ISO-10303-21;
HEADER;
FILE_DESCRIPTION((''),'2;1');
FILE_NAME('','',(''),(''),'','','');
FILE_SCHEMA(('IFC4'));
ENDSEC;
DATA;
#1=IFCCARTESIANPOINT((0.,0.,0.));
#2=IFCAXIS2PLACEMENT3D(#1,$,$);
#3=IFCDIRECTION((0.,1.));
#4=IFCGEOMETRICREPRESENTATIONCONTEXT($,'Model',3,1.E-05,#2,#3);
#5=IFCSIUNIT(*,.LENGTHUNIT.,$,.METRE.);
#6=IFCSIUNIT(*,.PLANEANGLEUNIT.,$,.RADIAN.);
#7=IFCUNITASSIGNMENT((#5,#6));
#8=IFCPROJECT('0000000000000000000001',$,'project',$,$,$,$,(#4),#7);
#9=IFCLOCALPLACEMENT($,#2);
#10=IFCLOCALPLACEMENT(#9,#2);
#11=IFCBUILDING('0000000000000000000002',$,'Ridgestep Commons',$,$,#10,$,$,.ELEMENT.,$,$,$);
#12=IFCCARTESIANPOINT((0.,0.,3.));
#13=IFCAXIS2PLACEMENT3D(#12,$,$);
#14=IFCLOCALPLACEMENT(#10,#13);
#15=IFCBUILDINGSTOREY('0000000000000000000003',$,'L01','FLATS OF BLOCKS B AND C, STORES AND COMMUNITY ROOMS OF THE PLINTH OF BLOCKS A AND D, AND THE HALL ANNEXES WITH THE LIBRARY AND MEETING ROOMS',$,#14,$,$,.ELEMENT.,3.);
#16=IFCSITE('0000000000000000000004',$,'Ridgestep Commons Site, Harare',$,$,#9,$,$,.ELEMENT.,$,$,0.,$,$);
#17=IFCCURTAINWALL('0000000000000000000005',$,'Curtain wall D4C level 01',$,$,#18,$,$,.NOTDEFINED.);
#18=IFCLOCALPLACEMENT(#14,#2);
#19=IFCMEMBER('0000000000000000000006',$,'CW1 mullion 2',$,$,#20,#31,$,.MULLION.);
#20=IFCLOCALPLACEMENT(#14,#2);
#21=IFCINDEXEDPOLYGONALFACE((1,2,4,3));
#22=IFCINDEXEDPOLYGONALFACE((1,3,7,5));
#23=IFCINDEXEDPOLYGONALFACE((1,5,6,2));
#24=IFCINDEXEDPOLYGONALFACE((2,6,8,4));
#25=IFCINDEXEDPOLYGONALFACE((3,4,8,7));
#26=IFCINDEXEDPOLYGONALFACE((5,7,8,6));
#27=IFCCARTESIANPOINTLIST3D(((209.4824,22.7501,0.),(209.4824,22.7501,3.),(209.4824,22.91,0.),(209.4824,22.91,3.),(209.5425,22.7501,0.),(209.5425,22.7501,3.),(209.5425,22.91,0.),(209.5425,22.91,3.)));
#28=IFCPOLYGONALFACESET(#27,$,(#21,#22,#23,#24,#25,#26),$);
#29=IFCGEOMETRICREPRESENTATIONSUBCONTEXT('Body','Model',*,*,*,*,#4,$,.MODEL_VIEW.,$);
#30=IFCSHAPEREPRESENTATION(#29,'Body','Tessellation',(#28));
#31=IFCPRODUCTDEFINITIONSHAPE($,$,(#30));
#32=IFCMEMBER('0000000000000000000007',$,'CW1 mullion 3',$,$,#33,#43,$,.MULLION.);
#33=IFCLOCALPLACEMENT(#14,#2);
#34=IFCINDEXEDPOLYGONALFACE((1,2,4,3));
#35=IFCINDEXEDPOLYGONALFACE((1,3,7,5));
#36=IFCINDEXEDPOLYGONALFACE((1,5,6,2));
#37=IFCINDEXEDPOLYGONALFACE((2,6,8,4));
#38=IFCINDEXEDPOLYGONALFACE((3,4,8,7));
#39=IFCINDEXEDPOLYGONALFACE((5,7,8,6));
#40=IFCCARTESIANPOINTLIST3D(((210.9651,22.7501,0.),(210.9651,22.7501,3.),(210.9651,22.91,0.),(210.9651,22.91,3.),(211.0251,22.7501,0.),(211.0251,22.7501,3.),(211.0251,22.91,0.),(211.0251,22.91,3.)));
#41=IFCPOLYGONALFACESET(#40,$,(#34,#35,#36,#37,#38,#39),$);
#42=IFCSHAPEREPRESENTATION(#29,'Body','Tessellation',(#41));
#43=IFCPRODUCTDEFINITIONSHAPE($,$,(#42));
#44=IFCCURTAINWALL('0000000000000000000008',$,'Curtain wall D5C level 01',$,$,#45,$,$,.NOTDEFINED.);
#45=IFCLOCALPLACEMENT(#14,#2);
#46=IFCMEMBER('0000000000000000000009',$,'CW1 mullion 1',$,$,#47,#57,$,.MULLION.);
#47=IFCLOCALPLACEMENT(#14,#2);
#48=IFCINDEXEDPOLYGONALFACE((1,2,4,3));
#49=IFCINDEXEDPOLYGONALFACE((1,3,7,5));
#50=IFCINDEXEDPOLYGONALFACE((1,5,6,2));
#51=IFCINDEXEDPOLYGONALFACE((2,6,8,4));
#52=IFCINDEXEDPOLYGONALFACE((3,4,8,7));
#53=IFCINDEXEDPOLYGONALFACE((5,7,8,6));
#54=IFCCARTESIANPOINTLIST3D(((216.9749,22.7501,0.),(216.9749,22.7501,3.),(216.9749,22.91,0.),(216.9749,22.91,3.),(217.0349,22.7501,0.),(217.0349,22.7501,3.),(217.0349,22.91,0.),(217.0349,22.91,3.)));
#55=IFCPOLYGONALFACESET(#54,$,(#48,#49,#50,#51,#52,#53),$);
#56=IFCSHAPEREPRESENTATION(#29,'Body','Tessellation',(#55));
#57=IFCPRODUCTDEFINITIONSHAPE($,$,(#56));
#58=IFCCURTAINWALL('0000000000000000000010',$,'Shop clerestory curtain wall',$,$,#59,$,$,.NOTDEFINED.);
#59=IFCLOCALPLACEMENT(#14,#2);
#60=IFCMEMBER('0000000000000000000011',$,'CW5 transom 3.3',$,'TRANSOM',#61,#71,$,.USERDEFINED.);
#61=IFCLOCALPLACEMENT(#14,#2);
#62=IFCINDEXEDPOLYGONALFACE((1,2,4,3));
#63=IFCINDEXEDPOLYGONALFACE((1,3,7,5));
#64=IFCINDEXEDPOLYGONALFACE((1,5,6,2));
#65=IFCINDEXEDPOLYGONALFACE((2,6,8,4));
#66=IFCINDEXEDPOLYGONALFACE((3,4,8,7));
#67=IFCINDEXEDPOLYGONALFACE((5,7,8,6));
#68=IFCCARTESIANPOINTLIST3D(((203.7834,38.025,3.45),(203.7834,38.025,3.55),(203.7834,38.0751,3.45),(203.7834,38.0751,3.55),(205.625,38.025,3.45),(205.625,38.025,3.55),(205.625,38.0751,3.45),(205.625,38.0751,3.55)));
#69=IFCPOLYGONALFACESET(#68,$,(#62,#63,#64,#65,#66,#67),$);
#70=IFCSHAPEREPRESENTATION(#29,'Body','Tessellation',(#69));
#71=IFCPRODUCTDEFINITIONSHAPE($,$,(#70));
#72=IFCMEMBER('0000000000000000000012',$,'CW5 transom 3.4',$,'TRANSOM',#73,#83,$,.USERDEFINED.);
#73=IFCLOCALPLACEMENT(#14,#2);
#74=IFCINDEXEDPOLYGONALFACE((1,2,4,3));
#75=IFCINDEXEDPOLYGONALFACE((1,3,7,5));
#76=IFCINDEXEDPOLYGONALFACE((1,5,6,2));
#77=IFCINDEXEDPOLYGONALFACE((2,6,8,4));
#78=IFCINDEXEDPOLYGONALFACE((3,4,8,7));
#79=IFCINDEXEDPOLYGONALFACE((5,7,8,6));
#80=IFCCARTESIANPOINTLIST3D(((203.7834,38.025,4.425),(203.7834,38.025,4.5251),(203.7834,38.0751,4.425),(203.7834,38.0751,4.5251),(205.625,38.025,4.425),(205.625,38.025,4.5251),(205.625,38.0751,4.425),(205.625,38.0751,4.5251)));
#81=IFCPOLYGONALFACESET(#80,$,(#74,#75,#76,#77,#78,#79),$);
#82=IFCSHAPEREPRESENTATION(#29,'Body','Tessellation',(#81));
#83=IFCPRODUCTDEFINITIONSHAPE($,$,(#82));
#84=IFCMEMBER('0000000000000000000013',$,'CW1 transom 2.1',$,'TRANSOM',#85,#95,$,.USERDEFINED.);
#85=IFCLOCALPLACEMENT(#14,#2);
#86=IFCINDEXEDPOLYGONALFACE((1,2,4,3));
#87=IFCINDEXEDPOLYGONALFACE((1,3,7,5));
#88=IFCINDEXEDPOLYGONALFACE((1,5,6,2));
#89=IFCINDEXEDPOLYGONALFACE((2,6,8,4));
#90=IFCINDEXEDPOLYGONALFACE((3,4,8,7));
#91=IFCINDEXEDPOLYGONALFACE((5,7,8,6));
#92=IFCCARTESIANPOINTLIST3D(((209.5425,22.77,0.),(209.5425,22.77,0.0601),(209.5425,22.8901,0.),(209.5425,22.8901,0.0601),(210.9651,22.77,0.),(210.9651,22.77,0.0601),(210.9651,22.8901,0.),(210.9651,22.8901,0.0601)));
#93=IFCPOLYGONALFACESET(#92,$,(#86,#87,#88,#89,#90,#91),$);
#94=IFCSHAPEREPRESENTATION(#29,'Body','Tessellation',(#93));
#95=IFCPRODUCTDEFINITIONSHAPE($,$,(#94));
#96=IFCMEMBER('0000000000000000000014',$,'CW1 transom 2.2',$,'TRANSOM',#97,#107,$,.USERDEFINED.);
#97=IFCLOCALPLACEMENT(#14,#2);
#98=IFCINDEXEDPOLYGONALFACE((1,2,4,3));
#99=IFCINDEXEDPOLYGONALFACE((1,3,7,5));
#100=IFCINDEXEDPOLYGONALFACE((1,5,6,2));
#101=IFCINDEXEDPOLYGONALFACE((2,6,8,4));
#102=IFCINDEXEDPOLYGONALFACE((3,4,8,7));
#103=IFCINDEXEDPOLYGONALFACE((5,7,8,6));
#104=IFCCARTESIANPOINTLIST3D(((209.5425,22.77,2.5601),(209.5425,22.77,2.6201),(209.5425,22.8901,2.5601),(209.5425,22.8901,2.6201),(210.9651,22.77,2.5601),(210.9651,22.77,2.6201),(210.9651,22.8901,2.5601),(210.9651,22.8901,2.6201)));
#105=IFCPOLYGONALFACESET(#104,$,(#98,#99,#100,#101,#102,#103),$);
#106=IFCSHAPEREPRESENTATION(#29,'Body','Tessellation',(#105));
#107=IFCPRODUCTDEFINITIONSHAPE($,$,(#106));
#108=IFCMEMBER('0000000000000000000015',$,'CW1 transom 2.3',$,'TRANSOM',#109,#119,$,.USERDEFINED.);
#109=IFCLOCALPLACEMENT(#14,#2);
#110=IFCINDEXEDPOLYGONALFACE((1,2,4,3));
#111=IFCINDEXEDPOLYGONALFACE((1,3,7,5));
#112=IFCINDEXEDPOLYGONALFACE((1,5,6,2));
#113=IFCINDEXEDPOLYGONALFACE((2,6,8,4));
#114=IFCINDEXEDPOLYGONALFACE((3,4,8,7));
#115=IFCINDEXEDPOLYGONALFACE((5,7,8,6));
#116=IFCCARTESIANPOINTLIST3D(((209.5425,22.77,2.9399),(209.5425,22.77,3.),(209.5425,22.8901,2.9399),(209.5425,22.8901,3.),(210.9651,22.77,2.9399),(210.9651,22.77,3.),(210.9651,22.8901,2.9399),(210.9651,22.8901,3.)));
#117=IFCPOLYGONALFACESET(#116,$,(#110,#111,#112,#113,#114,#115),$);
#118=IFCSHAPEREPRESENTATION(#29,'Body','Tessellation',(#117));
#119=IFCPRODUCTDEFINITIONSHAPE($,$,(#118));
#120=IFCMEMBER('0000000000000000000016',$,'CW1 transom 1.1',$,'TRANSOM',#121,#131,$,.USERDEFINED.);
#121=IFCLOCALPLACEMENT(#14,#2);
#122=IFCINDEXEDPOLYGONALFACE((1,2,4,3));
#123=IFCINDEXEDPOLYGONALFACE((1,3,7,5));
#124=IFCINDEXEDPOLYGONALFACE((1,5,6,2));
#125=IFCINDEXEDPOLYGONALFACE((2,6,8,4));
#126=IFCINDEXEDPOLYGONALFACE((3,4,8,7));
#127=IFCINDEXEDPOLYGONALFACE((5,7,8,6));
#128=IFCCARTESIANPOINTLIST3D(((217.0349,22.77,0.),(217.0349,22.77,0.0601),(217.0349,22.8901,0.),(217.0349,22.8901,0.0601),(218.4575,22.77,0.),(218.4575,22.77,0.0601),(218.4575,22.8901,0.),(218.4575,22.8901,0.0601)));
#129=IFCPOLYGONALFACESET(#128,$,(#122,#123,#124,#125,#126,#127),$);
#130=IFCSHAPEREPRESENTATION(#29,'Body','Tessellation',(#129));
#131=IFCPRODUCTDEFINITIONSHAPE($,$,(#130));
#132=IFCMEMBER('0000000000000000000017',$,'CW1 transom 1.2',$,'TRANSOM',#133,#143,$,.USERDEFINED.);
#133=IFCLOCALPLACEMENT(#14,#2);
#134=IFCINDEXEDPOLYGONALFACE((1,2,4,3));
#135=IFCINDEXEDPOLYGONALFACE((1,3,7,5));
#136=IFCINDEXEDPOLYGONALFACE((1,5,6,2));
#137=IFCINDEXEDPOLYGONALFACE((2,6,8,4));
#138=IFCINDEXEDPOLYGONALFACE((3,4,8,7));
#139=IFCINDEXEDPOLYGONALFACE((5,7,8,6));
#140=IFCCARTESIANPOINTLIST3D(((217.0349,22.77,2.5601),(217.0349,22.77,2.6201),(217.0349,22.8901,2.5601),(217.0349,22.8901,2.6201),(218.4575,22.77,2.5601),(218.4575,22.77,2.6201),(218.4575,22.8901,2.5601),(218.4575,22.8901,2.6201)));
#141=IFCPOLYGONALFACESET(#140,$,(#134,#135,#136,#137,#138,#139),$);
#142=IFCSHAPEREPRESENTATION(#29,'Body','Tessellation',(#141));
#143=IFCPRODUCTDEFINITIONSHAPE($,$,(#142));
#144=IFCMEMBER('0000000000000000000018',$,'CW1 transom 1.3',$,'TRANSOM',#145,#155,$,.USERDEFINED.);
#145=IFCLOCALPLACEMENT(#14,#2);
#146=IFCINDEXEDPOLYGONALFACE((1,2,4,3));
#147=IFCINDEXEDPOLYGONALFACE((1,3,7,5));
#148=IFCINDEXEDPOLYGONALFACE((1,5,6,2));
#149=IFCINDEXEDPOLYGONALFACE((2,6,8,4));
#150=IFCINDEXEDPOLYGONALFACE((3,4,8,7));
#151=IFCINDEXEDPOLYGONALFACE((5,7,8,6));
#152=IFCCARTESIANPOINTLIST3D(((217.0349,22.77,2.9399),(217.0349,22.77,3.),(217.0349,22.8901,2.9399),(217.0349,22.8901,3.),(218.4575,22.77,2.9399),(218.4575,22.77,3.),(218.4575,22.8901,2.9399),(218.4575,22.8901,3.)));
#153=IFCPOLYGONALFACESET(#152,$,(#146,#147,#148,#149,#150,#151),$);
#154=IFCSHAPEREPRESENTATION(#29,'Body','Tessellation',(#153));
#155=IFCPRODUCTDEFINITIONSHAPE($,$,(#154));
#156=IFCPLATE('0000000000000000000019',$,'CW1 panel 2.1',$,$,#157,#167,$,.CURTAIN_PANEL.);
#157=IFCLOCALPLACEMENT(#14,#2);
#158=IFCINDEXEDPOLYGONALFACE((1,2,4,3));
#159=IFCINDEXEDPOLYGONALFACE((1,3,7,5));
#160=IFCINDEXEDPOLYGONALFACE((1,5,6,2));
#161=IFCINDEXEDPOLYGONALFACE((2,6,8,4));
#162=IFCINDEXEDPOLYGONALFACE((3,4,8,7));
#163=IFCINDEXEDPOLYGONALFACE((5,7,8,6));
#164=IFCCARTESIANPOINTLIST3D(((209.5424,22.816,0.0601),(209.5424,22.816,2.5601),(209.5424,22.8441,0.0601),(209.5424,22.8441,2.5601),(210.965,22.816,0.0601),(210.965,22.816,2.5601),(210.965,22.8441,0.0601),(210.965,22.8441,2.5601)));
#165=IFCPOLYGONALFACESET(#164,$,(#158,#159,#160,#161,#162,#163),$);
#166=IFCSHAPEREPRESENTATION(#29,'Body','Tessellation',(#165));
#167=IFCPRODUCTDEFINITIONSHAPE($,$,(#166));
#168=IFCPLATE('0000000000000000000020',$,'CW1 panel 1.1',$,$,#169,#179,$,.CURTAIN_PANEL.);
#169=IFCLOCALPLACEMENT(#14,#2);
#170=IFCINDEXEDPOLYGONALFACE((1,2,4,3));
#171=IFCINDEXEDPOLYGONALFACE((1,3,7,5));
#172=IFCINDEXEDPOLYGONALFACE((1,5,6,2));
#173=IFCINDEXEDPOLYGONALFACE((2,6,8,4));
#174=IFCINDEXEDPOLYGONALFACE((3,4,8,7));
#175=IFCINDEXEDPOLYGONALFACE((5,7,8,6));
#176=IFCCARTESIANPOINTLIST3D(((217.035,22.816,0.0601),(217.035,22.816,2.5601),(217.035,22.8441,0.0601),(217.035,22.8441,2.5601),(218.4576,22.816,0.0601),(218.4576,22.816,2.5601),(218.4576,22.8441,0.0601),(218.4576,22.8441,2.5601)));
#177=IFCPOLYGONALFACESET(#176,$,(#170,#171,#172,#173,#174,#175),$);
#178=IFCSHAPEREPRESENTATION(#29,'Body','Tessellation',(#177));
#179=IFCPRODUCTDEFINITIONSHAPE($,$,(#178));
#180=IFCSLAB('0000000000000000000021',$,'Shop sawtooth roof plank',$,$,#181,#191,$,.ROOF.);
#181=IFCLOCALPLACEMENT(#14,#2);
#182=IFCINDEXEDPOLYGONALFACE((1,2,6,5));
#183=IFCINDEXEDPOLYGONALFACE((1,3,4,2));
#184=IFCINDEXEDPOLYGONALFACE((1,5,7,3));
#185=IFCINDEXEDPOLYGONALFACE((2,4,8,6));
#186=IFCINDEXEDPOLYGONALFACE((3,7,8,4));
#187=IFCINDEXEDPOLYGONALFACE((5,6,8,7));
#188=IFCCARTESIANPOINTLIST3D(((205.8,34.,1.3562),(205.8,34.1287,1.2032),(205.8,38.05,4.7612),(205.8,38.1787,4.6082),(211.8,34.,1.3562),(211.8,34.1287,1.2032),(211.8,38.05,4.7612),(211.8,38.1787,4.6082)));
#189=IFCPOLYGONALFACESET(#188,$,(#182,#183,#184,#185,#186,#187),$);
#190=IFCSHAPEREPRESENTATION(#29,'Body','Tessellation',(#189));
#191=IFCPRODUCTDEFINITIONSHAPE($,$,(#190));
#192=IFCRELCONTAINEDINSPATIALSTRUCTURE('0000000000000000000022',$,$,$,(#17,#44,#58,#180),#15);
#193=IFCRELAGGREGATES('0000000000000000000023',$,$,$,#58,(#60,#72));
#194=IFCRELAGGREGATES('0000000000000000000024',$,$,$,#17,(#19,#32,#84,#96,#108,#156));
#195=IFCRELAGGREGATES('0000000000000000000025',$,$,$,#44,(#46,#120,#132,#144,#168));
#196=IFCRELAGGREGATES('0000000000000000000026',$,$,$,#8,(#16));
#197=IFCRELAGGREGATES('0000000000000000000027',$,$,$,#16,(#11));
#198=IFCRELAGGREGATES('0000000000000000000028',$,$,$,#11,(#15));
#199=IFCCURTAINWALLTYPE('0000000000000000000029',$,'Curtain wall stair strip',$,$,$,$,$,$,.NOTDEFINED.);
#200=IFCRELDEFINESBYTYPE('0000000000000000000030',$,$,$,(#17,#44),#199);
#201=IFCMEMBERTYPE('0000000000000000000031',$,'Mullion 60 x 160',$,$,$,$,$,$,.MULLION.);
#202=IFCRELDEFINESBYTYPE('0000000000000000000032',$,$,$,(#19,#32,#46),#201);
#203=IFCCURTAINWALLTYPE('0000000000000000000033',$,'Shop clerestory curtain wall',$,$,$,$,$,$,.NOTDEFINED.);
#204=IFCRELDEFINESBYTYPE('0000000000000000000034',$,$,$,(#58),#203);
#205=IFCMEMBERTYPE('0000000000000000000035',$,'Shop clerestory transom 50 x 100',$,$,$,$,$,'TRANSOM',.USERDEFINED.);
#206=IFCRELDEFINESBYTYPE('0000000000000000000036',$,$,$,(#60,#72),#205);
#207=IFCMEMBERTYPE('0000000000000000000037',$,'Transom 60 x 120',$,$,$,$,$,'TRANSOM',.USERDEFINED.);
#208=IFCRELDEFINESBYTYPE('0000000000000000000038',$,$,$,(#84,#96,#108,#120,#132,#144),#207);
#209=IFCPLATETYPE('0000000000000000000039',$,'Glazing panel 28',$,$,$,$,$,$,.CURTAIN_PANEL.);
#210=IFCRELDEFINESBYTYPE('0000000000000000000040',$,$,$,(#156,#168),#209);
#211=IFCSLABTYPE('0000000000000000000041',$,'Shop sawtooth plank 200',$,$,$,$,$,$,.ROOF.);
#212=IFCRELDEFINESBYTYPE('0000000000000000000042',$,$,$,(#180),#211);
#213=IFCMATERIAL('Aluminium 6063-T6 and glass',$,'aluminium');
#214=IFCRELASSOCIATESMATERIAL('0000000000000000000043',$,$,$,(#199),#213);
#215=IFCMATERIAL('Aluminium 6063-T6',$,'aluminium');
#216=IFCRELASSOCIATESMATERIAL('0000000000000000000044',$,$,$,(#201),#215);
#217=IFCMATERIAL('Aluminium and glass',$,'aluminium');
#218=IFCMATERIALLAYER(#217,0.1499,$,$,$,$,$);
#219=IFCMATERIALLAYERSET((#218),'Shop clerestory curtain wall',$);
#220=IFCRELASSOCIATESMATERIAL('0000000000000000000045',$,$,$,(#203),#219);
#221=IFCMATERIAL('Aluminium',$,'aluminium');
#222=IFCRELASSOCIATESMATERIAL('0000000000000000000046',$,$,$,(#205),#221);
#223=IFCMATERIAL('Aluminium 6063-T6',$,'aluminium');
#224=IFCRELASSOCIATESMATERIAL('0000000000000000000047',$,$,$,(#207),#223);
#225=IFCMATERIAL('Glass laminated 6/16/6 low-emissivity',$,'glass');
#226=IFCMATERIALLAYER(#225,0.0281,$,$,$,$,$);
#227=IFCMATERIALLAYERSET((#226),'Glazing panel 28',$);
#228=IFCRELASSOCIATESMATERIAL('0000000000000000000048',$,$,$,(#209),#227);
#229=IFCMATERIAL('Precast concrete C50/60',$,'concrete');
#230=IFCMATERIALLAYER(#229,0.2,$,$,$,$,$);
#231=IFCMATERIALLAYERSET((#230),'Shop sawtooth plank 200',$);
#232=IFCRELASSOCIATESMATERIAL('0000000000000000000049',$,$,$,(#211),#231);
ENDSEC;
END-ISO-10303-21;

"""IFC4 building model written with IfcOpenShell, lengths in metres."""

from ifc_helpers import new_model, si_unit, direction, frame, origin, origin_2d, place, context, subcontext, project, spatial, polyline, rectangle, outline, extrude, material, layer, layer_set, material_profile, profile_set, type_object, element, aggregate, save


model = new_model("IFC4")

# Units and contexts
model_context = context("Model", 3, precision=1e-05, world=origin(), true_north=direction((0.0, 1.0)))
body_context = subcontext(model_context, "Body", "Model", "MODEL_VIEW")
ifc_project = project(units=[si_unit("LENGTHUNIT", "METRE"), si_unit("PLANEANGLEUNIT", "RADIAN")], contexts=[model_context])

# Site, building, storey
site_placement = place(None, origin())
site = spatial("IfcSite", under=ifc_project, at=site_placement, Name="Ridgestep Commons Site, Harare", CompositionType="ELEMENT", RefElevation=0.0)
building_placement = place(site_placement, origin())
building = spatial("IfcBuilding", under=site, at=building_placement, Name="Ridgestep Commons", CompositionType="ELEMENT")
storey_placement = place(building_placement, frame((0.0, 0.0, 3.0)))
storey = spatial("IfcBuildingStorey", under=building, at=storey_placement, Name="L01", Description="FLATS OF BLOCKS B AND C, STORES AND COMMUNITY ROOMS OF THE PLINTH OF BLOCKS A AND D, AND THE HALL ANNEXES WITH THE LIBRARY AND MEETING ROOMS", CompositionType="ELEMENT", Elevation=3.0)

# Curtain wall, members
ifc_material_1 = material(Name="Aluminium 6063-T6 and glass", Category="aluminium")
curtain_wall_type_1 = type_object("IfcCurtainWallType", Name="Curtain wall stair strip", PredefinedType="NOTDEFINED", material=ifc_material_1)
curtain_wall_1_placement = place(storey_placement, origin())
curtain_wall_1 = element("IfcCurtainWall", 1, at=curtain_wall_1_placement, inside=storey, type_object=curtain_wall_type_1, Name="Curtain wall D4C level 01", PredefinedType="NOTDEFINED")
ifc_material_2 = material(Name="Aluminium 6063-T6", Category="aluminium")
ifc_material_profile_1 = material_profile(ifc_material_2, rectangle(XDim=0.1599, YDim=0.0601, at=origin_2d()), Name="Mullion 60 x 160")
ifc_profile_set_1 = profile_set([ifc_material_profile_1], Name="Aluminium 6063-T6")
member_type_1 = type_object("IfcMemberType", Name="Mullion 60 x 160", PredefinedType="MULLION", material=ifc_profile_set_1)
member_1_placement = place(storey_placement, frame((209.5125, 22.8301, 0.0), z_axis=(0.0, 0.0, 1.0), x_axis=(0.0, 1.0, 0.0)))
member_1 = element("IfcMember", 2, at=member_1_placement, type_object=member_type_1, Name="CW1 mullion 2", PredefinedType="MULLION", context=body_context, shape_type="SweptSolid", body=[
    extrude(rectangle(XDim=0.1599, YDim=0.0601, at=origin_2d()), origin(), (0.0, 0.0, 1.0), 3.0),
])
member_2_placement = place(storey_placement, frame((210.9951, 22.8301, 0.0), z_axis=(0.0, 0.0, 1.0), x_axis=(0.0, 1.0, 0.0)))
member_2 = element("IfcMember", 3, at=member_2_placement, type_object=member_type_1, Name="CW1 mullion 3", PredefinedType="MULLION", context=body_context, shape_type="SweptSolid", body=[
    extrude(rectangle(XDim=0.1599, YDim=0.0601, at=origin_2d()), origin(), (0.0, 0.0, 1.0), 3.0),
])

# Curtain wall, member
curtain_wall_2_placement = place(storey_placement, origin())
curtain_wall_2 = element("IfcCurtainWall", 4, at=curtain_wall_2_placement, inside=storey, type_object=curtain_wall_type_1, Name="Curtain wall D5C level 01", PredefinedType="NOTDEFINED")
member_3_placement = place(storey_placement, frame((217.0049, 22.8301, 0.0), z_axis=(0.0, 0.0, 1.0), x_axis=(0.0, 1.0, 0.0)))
member_3 = element("IfcMember", 5, at=member_3_placement, type_object=member_type_1, Name="CW1 mullion 1", PredefinedType="MULLION", context=body_context, shape_type="SweptSolid", body=[
    extrude(rectangle(XDim=0.1599, YDim=0.0601, at=origin_2d()), origin(), (0.0, 0.0, 1.0), 3.0),
])

# Curtain wall, members
ifc_material_3 = material(Name="Aluminium and glass", Category="aluminium")
ifc_layer_1 = layer(ifc_material_3, 0.1499)
ifc_layer_set_1 = layer_set([ifc_layer_1], Name="Shop clerestory curtain wall")
curtain_wall_type_2 = type_object("IfcCurtainWallType", Name="Shop clerestory curtain wall", PredefinedType="NOTDEFINED", material=ifc_layer_set_1)
curtain_wall_3_placement = place(storey_placement, origin())
curtain_wall_3 = element("IfcCurtainWall", 6, at=curtain_wall_3_placement, inside=storey, type_object=curtain_wall_type_2, Name="Shop clerestory curtain wall", PredefinedType="NOTDEFINED")
ifc_material_4 = material(Name="Aluminium", Category="aluminium")
ifc_material_profile_2 = material_profile(ifc_material_4, rectangle(XDim=0.05, YDim=0.1001, at=origin_2d()), Name="Shop clerestory transom 50 x 100")
ifc_profile_set_2 = profile_set([ifc_material_profile_2], Name="Aluminium")
member_type_2 = type_object("IfcMemberType", Name="Shop clerestory transom 50 x 100", ElementType="TRANSOM", PredefinedType="USERDEFINED", material=ifc_profile_set_2)
member_4_placement = place(storey_placement, frame((203.7834, 38.05, 3.5), z_axis=(1.0, 0.0, 0.0), x_axis=(0.0, 1.0, 0.0)))
member_4 = element("IfcMember", 7, at=member_4_placement, type_object=member_type_2, Name="CW5 transom 3.3", ObjectType="TRANSOM", PredefinedType="USERDEFINED", context=body_context, shape_type="SweptSolid", body=[
    extrude(rectangle(XDim=0.05, YDim=0.1001, at=origin_2d()), origin(), (0.0, 0.0, 1.0), 1.8416),
])
member_5_placement = place(storey_placement, frame((203.7834, 38.05, 4.4751), z_axis=(1.0, 0.0, 0.0), x_axis=(0.0, 1.0, 0.0)))
member_5 = element("IfcMember", 8, at=member_5_placement, type_object=member_type_2, Name="CW5 transom 3.4", ObjectType="TRANSOM", PredefinedType="USERDEFINED", context=body_context, shape_type="SweptSolid", body=[
    extrude(rectangle(XDim=0.05, YDim=0.1001, at=origin_2d()), origin(), (0.0, 0.0, 1.0), 1.8416),
])
aggregate(curtain_wall_3, [member_4, member_5])

# Members
ifc_material_5 = material(Name="Aluminium 6063-T6", Category="aluminium")
ifc_material_profile_3 = material_profile(ifc_material_5, rectangle(XDim=0.1201, YDim=0.0601, at=origin_2d()), Name="Transom 60 x 120")
ifc_profile_set_3 = profile_set([ifc_material_profile_3], Name="Aluminium 6063-T6")
member_type_3 = type_object("IfcMemberType", Name="Transom 60 x 120", ElementType="TRANSOM", PredefinedType="USERDEFINED", material=ifc_profile_set_3)
member_6_placement = place(storey_placement, frame((209.5425, 22.8301, 0.03), z_axis=(1.0, 0.0, 0.0), x_axis=(0.0, 1.0, 0.0)))
member_6 = element("IfcMember", 9, at=member_6_placement, type_object=member_type_3, Name="CW1 transom 2.1", ObjectType="TRANSOM", PredefinedType="USERDEFINED", context=body_context, shape_type="SweptSolid", body=[
    extrude(rectangle(XDim=0.1201, YDim=0.0601, at=origin_2d()), origin(), (0.0, 0.0, 1.0), 1.4226),
])
member_7_placement = place(storey_placement, frame((209.5425, 22.8301, 2.5901), z_axis=(1.0, 0.0, 0.0), x_axis=(0.0, 1.0, 0.0)))
member_7 = element("IfcMember", 10, at=member_7_placement, type_object=member_type_3, Name="CW1 transom 2.2", ObjectType="TRANSOM", PredefinedType="USERDEFINED", context=body_context, shape_type="SweptSolid", body=[
    extrude(rectangle(XDim=0.1201, YDim=0.0601, at=origin_2d()), origin(), (0.0, 0.0, 1.0), 1.4226),
])
member_8_placement = place(storey_placement, frame((209.5425, 22.8301, 2.97), z_axis=(1.0, 0.0, 0.0), x_axis=(0.0, 1.0, 0.0)))
member_8 = element("IfcMember", 11, at=member_8_placement, type_object=member_type_3, Name="CW1 transom 2.3", ObjectType="TRANSOM", PredefinedType="USERDEFINED", context=body_context, shape_type="SweptSolid", body=[
    extrude(rectangle(XDim=0.1201, YDim=0.0601, at=origin_2d()), origin(), (0.0, 0.0, 1.0), 1.4226),
])
member_9_placement = place(storey_placement, frame((217.0349, 22.8301, 0.03), z_axis=(1.0, 0.0, 0.0), x_axis=(0.0, 1.0, 0.0)))
member_9 = element("IfcMember", 12, at=member_9_placement, type_object=member_type_3, Name="CW1 transom 1.1", ObjectType="TRANSOM", PredefinedType="USERDEFINED", context=body_context, shape_type="SweptSolid", body=[
    extrude(rectangle(XDim=0.1201, YDim=0.0601, at=origin_2d()), origin(), (0.0, 0.0, 1.0), 1.4226),
])
member_10_placement = place(storey_placement, frame((217.0349, 22.8301, 2.5901), z_axis=(1.0, 0.0, 0.0), x_axis=(0.0, 1.0, 0.0)))
member_10 = element("IfcMember", 13, at=member_10_placement, type_object=member_type_3, Name="CW1 transom 1.2", ObjectType="TRANSOM", PredefinedType="USERDEFINED", context=body_context, shape_type="SweptSolid", body=[
    extrude(rectangle(XDim=0.1201, YDim=0.0601, at=origin_2d()), origin(), (0.0, 0.0, 1.0), 1.4226),
])
member_11_placement = place(storey_placement, frame((217.0349, 22.8301, 2.97), z_axis=(1.0, 0.0, 0.0), x_axis=(0.0, 1.0, 0.0)))
member_11 = element("IfcMember", 14, at=member_11_placement, type_object=member_type_3, Name="CW1 transom 1.3", ObjectType="TRANSOM", PredefinedType="USERDEFINED", context=body_context, shape_type="SweptSolid", body=[
    extrude(rectangle(XDim=0.1201, YDim=0.0601, at=origin_2d()), origin(), (0.0, 0.0, 1.0), 1.4226),
])

# Plates
ifc_material_6 = material(Name="Glass laminated 6/16/6 low-emissivity", Category="glass")
ifc_layer_2 = layer(ifc_material_6, 0.0281)
ifc_layer_set_2 = layer_set([ifc_layer_2], Name="Glazing panel 28")
plate_type_1 = type_object("IfcPlateType", Name="Glazing panel 28", PredefinedType="CURTAIN_PANEL", material=ifc_layer_set_2)
plate_1_placement = place(storey_placement, frame((210.2537, 22.8301, 0.0601), z_axis=(0.0, 0.0, 1.0), x_axis=(1.0, 0.0, 0.0)))
plate_1 = element("IfcPlate", 15, at=plate_1_placement, type_object=plate_type_1, Name="CW1 panel 2.1", PredefinedType="CURTAIN_PANEL", context=body_context, shape_type="SweptSolid", body=[
    extrude(rectangle(XDim=1.4226, YDim=0.0281, at=origin_2d()), origin(), (0.0, 0.0, 1.0), 2.5),
])
plate_2_placement = place(storey_placement, frame((217.7463, 22.8301, 0.0601), z_axis=(0.0, 0.0, 1.0), x_axis=(1.0, 0.0, 0.0)))
plate_2 = element("IfcPlate", 16, at=plate_2_placement, type_object=plate_type_1, Name="CW1 panel 1.1", PredefinedType="CURTAIN_PANEL", context=body_context, shape_type="SweptSolid", body=[
    extrude(rectangle(XDim=1.4226, YDim=0.0281, at=origin_2d()), origin(), (0.0, 0.0, 1.0), 2.5),
])

# Slab
ifc_material_7 = material(Name="Precast concrete C50/60", Category="concrete")
ifc_layer_3 = layer(ifc_material_7, 0.2)
ifc_layer_set_3 = layer_set([ifc_layer_3], Name="Shop sawtooth plank 200")
slab_type = type_object("IfcSlabType", Name="Shop sawtooth plank 200", PredefinedType="ROOF", material=ifc_layer_set_3)
for number, where, z_axis, x_axis, name in (
    (17, (205.8, 34.0, 1.3562), (0.0, -0.643523, 0.765427), (1.0, 0.0, 0.0), "Shop sawtooth roof plank"),
):
    element("IfcSlab", number, at=place(storey_placement, frame(where, z_axis=z_axis, x_axis=x_axis)), inside=storey, type_object=slab_type, Name=name, PredefinedType="ROOF", context=body_context, shape_type="SweptSolid", body=[
        extrude(outline(polyline([(0.0, 0.0), (6.0, 0.0), (6.0, 5.2912), (0.0, 5.2912), (0.0, 0.0)])), origin(), (0.0, 0.0, -1.0), 0.2),
    ])

aggregate(curtain_wall_1, [member_1, member_2, member_6, member_7, member_8, plate_1])
aggregate(curtain_wall_2, [member_3, member_9, member_10, member_11, plate_2])

save(model, "model.ifc")
